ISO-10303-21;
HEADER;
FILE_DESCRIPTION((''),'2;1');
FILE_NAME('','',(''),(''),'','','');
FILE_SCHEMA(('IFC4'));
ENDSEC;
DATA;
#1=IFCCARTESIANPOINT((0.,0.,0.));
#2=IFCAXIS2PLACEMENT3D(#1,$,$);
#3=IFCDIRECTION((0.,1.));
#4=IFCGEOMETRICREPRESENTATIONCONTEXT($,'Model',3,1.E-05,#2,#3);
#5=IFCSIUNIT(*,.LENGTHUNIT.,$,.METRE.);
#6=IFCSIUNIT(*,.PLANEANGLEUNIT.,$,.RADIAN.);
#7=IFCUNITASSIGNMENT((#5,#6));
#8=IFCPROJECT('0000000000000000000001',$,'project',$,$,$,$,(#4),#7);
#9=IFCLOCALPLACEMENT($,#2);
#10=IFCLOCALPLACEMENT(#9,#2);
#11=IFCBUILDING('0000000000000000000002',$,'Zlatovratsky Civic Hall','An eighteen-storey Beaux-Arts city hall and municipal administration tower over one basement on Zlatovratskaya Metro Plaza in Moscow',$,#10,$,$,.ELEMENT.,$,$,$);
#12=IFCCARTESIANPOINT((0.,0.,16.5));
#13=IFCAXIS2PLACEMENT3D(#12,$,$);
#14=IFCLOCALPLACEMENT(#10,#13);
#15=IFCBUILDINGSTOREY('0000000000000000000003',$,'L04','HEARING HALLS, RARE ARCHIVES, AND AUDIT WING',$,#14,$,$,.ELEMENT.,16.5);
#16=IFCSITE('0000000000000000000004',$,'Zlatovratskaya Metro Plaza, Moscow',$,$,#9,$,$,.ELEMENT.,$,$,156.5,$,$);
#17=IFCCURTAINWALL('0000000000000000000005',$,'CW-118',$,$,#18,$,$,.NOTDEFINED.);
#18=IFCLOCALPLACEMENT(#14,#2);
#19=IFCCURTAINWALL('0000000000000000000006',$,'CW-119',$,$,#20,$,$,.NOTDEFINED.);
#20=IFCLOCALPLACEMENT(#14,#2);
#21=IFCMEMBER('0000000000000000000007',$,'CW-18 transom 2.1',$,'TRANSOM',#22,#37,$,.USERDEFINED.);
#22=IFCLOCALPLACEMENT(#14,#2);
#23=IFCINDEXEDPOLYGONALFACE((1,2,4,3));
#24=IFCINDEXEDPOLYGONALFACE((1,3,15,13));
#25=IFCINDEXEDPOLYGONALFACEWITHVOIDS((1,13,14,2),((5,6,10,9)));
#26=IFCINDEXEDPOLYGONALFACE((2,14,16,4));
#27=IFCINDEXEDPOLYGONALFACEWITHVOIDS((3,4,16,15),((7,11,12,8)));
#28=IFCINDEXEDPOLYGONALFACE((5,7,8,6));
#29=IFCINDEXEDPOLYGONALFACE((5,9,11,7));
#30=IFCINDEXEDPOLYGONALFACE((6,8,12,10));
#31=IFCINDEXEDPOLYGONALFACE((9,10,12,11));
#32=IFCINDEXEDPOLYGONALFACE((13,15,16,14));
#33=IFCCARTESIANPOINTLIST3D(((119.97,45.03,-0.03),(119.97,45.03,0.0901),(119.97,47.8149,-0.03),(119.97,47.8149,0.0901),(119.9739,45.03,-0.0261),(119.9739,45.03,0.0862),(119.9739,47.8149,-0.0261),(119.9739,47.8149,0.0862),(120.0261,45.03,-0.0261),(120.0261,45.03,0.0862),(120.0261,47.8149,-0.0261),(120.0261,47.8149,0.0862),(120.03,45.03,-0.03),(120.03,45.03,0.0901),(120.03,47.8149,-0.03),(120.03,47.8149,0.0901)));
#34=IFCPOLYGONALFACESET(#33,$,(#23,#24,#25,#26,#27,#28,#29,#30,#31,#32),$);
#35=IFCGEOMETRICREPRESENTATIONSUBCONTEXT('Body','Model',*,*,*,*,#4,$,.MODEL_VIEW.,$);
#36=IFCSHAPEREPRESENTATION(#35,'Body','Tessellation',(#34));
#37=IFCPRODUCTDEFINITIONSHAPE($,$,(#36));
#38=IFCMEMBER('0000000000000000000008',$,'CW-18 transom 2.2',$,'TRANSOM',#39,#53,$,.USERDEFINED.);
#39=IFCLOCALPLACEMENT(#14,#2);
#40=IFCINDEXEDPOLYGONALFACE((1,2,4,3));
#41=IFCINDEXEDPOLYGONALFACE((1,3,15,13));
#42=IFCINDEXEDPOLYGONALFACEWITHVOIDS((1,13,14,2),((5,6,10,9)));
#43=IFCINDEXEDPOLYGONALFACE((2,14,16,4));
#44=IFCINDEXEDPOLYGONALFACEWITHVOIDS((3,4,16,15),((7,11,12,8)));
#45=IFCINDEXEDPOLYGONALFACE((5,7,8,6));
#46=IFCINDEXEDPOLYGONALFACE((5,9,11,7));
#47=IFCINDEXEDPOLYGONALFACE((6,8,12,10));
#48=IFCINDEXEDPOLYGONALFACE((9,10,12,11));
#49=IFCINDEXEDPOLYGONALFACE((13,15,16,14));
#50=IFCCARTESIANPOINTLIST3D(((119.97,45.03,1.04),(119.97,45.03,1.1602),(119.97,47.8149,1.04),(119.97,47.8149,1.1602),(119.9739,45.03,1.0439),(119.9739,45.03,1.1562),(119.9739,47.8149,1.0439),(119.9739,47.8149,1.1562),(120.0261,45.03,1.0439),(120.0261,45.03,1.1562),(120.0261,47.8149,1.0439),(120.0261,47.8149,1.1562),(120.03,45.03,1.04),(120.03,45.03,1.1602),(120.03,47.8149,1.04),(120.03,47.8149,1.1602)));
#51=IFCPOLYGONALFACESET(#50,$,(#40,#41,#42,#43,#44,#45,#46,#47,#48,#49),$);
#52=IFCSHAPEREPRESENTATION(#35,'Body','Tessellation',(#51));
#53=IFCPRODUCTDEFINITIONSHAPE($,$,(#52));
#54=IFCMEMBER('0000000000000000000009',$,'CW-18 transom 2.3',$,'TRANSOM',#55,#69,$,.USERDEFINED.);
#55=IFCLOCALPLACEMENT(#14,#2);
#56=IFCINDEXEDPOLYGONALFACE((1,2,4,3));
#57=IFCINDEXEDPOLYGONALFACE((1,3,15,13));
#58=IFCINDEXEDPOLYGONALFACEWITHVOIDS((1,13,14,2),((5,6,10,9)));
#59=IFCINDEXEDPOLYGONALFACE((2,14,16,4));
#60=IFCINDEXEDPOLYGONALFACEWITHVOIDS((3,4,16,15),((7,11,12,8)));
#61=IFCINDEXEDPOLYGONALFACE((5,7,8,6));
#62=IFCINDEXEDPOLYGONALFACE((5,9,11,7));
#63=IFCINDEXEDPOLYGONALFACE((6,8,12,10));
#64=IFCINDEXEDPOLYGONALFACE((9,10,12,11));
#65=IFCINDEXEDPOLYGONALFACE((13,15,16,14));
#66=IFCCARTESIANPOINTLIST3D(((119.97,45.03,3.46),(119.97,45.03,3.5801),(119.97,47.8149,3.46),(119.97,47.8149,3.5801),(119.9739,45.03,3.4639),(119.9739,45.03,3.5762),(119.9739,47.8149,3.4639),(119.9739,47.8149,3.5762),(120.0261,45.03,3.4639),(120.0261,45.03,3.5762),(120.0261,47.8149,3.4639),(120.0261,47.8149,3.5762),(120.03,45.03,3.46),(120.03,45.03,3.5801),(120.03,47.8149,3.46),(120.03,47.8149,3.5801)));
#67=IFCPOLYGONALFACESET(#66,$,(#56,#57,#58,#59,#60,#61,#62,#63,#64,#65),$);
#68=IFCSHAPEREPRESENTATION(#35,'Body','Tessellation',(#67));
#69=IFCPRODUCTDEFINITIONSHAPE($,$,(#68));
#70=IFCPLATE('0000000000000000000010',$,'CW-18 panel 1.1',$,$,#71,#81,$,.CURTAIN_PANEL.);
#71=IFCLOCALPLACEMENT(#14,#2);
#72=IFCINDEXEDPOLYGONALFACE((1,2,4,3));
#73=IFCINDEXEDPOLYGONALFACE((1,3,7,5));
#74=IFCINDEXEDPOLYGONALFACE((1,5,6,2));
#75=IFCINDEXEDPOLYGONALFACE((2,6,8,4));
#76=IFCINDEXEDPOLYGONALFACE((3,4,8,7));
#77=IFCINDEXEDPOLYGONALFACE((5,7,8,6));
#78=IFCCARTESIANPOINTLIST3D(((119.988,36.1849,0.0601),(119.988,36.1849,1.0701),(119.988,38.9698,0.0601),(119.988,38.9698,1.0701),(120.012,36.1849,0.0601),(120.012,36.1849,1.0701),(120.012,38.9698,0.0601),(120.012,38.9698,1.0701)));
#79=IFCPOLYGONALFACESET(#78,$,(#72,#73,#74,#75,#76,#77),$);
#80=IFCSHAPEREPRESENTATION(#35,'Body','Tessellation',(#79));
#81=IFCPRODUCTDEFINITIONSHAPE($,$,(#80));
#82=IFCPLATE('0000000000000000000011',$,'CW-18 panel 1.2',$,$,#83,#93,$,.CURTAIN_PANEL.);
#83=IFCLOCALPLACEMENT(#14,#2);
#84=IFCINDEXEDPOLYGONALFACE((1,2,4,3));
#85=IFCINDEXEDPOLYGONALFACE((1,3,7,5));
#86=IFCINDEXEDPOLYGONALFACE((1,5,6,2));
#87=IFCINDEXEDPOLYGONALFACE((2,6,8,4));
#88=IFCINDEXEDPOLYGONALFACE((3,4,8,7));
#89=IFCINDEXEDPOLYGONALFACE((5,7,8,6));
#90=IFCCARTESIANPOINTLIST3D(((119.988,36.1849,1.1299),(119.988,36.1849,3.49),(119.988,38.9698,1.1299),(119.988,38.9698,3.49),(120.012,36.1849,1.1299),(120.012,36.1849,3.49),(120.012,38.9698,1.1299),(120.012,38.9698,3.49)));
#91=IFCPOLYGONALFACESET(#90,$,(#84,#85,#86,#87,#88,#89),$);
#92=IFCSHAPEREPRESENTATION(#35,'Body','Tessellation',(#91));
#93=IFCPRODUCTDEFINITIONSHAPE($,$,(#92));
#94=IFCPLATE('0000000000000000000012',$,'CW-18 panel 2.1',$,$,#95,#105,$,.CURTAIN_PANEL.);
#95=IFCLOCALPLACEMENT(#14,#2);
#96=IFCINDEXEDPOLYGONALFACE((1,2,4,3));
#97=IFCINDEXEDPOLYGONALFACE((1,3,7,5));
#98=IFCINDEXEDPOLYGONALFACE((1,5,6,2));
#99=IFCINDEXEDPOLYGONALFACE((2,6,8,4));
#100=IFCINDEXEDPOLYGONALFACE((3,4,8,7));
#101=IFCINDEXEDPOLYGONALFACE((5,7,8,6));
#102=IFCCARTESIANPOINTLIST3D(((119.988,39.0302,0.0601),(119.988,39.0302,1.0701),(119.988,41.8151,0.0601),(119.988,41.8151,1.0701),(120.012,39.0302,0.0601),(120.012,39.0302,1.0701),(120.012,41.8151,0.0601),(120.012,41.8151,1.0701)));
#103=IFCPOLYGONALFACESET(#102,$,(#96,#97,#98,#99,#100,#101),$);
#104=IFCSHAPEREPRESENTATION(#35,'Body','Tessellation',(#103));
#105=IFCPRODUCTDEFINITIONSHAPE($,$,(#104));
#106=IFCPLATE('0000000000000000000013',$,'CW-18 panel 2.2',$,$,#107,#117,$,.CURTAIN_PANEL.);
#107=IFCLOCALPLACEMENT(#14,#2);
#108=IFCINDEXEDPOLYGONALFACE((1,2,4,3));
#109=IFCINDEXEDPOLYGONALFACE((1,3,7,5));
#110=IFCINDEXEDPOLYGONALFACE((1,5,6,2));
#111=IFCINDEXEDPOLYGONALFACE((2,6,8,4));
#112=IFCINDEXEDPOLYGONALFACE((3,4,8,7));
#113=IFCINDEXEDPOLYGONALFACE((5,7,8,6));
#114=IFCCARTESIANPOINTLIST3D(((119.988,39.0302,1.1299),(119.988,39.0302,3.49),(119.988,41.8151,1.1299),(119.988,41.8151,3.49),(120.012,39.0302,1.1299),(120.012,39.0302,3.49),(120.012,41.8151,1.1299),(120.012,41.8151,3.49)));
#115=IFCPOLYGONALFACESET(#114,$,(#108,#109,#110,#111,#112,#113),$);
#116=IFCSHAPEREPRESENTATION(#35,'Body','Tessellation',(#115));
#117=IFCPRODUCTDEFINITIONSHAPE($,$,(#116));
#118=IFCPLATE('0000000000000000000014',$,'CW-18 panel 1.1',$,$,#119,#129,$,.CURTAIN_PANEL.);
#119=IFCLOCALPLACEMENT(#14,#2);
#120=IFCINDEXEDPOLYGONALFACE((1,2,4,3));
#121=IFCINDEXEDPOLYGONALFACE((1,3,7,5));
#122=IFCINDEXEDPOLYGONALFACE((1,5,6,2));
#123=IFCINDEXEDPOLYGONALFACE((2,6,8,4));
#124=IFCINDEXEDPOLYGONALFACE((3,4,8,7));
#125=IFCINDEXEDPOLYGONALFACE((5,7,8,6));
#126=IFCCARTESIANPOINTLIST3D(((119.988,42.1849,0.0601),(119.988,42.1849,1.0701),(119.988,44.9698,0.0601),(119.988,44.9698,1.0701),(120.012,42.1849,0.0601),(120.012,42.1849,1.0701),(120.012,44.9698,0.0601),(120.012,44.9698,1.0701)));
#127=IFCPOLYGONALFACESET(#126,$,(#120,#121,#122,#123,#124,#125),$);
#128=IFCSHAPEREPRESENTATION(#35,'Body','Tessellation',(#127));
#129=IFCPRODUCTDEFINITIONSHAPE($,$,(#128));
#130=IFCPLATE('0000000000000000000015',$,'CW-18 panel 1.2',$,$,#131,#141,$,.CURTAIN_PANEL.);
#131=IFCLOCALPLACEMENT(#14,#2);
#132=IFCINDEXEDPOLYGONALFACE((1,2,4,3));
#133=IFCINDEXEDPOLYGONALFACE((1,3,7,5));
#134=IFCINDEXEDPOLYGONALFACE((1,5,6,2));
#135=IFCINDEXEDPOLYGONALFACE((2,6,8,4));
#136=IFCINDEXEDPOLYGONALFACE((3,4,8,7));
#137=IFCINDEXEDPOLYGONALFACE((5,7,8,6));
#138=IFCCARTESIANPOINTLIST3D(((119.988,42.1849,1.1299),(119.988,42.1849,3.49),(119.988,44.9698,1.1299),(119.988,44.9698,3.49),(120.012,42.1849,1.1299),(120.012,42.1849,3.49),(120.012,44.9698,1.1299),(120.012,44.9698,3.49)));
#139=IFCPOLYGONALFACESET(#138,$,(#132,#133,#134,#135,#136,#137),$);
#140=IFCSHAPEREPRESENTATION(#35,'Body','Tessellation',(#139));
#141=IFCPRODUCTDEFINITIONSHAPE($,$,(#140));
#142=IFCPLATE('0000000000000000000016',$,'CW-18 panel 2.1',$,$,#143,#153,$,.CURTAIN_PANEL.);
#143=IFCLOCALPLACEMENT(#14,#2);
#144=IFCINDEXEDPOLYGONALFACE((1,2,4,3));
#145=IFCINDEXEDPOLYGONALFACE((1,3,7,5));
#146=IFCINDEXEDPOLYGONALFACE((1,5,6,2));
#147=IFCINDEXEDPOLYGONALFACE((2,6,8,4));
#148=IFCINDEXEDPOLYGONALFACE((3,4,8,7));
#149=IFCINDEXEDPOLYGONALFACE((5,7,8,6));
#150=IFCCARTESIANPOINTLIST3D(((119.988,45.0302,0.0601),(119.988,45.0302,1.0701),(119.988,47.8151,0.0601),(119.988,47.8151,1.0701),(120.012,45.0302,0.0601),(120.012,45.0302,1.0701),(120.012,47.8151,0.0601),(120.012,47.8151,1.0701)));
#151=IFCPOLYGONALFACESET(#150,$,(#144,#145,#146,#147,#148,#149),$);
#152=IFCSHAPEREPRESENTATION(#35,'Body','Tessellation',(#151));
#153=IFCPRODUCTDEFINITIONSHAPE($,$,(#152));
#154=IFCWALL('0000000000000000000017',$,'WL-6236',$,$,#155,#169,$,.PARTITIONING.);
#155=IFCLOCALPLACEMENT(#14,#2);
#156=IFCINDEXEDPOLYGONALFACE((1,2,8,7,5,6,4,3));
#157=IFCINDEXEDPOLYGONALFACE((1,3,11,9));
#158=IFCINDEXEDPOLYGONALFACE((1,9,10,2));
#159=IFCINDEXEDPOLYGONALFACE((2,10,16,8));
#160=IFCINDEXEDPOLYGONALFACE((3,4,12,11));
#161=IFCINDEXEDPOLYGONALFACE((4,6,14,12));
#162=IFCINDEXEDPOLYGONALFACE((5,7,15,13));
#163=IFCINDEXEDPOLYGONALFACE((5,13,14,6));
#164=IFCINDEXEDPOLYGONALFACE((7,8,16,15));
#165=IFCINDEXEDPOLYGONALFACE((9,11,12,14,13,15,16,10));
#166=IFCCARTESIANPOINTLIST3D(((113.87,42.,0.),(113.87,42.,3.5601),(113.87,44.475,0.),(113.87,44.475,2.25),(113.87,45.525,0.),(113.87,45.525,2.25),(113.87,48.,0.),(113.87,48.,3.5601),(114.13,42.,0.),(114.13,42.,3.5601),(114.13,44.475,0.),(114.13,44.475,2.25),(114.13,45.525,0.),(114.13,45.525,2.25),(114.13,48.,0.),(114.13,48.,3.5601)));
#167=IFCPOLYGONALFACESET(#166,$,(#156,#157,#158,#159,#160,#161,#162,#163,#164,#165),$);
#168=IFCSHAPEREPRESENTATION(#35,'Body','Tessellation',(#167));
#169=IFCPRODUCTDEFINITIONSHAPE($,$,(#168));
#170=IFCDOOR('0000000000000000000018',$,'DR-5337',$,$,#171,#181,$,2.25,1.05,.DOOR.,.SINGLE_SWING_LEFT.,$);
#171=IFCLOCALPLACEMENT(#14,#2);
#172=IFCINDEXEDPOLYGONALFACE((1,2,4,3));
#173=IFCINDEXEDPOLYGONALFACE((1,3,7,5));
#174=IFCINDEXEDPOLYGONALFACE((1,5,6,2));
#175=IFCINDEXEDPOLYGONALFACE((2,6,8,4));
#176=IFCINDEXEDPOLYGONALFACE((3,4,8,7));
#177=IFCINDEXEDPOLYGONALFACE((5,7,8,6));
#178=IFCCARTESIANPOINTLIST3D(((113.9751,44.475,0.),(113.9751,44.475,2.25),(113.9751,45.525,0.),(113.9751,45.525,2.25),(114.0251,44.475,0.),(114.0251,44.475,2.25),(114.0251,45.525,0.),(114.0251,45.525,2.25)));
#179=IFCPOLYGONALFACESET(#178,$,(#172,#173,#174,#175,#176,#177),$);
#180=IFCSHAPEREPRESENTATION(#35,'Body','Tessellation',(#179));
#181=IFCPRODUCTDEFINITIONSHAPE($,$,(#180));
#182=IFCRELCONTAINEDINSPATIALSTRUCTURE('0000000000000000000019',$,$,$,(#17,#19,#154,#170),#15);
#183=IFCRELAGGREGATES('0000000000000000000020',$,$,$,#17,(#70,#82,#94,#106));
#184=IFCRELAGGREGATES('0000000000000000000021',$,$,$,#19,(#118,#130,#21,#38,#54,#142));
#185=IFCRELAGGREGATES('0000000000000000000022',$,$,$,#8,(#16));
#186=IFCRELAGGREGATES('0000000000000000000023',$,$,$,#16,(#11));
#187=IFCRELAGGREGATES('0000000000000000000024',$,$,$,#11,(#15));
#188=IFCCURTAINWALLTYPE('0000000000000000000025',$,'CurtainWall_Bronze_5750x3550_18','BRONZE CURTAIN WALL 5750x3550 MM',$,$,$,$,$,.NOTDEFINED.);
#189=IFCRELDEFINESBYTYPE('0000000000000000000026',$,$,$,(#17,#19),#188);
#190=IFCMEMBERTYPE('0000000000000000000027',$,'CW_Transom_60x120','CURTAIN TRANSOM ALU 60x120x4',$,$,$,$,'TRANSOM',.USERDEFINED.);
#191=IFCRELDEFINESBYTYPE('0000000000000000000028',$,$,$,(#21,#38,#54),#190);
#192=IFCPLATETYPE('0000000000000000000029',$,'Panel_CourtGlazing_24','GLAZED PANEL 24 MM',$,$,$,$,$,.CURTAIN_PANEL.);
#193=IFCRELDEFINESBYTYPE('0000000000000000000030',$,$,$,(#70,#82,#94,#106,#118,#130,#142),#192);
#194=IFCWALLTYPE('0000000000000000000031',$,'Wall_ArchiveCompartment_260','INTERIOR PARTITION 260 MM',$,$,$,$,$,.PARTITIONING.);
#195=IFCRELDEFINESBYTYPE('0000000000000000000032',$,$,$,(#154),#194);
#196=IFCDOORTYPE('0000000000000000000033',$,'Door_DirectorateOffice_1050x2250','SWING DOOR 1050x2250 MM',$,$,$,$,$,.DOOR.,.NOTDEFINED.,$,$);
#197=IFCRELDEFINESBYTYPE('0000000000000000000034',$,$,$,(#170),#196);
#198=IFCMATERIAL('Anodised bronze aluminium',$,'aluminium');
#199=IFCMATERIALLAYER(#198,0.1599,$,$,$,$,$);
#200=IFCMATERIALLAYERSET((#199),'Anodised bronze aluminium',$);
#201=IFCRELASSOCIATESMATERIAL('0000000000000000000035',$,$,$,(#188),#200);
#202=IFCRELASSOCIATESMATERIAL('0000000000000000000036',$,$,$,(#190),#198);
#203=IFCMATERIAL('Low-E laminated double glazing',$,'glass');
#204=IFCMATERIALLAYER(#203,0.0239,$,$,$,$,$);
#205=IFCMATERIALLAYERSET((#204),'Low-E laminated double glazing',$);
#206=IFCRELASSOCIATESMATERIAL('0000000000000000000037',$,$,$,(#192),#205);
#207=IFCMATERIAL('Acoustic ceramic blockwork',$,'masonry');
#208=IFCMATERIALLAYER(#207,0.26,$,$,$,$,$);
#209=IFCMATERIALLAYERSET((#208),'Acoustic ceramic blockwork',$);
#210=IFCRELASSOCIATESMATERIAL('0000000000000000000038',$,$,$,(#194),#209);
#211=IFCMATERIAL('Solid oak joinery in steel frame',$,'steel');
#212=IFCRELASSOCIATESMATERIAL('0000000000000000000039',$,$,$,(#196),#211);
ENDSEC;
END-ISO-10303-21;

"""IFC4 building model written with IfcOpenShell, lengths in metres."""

from ifc_helpers import new_model, si_unit, direction, frame, frame_2d, origin, origin_2d, place, context, subcontext, project, spatial, rectangle, hollow_rectangle, extrude, material, layer, layer_set, material_profile, profile_set, type_object, element, fill, aggregate, save


model = new_model("IFC4")

# Units and contexts
model_context = context("Model", 3, precision=1e-05, world=origin(), true_north=direction((0.0, 1.0)))
body_context = subcontext(model_context, "Body", "Model", "MODEL_VIEW")
ifc_project = project(units=[si_unit("LENGTHUNIT", "METRE"), si_unit("PLANEANGLEUNIT", "RADIAN")], contexts=[model_context])

# Site, building, storey
site_placement = place(None, origin())
site = spatial("IfcSite", under=ifc_project, at=site_placement, Name="Zlatovratskaya Metro Plaza, Moscow", CompositionType="ELEMENT", RefElevation=156.5)
building_placement = place(site_placement, origin())
building = spatial("IfcBuilding", under=site, at=building_placement, Name="Zlatovratsky Civic Hall", Description="An eighteen-storey Beaux-Arts city hall and municipal administration tower over one basement on Zlatovratskaya Metro Plaza in Moscow", CompositionType="ELEMENT")
storey_placement = place(building_placement, frame((0.0, 0.0, 16.5)))
storey = spatial("IfcBuildingStorey", under=building, at=storey_placement, Name="L04", Description="HEARING HALLS, RARE ARCHIVES, AND AUDIT WING", CompositionType="ELEMENT", Elevation=16.5)

# Curtain walls
ifc_material_1 = material(Name="Anodised bronze aluminium", Category="aluminium")
ifc_layer_1 = layer(ifc_material_1, 0.1599)
ifc_layer_set_1 = layer_set([ifc_layer_1], Name="Anodised bronze aluminium")
curtain_wall_type = type_object("IfcCurtainWallType", Name="CurtainWall_Bronze_5750x3550_18", Description="BRONZE CURTAIN WALL 5750x3550 MM", PredefinedType="NOTDEFINED", material=ifc_layer_set_1)
curtain_wall_1_placement = place(storey_placement, origin())
curtain_wall_1 = element("IfcCurtainWall", 1, at=curtain_wall_1_placement, inside=storey, type_object=curtain_wall_type, Name="CW-118", PredefinedType="NOTDEFINED")
curtain_wall_2_placement = place(storey_placement, origin())
curtain_wall_2 = element("IfcCurtainWall", 2, at=curtain_wall_2_placement, inside=storey, type_object=curtain_wall_type, Name="CW-119", PredefinedType="NOTDEFINED")

# Members
ifc_material_profile_1 = material_profile(ifc_material_1, hollow_rectangle(XDim=0.0601, YDim=0.1201, WallThickness=0.0039, at=origin_2d()), Name="ALU 60x120x4")
ifc_profile_set_1 = profile_set([ifc_material_profile_1], Name="Anodised bronze aluminium")
member_type_1 = type_object("IfcMemberType", Name="CW_Transom_60x120", Description="CURTAIN TRANSOM ALU 60x120x4", ElementType="TRANSOM", PredefinedType="USERDEFINED", material=ifc_profile_set_1)
member_1_placement = place(storey_placement, frame((120.0, 45.03, 0.03), z_axis=(0.0, 1.0, 0.0), x_axis=(-1.0, 0.0, 0.0)))
member_1 = element("IfcMember", 3, at=member_1_placement, type_object=member_type_1, Name="CW-18 transom 2.1", ObjectType="TRANSOM", PredefinedType="USERDEFINED", context=body_context, shape_type="SweptSolid", body=[
    extrude(hollow_rectangle(XDim=0.0601, YDim=0.1201, WallThickness=0.0039, at=origin_2d()), origin(), (0.0, 0.0, 1.0), 2.7849),
])
member_2_placement = place(storey_placement, frame((120.0, 45.03, 1.1001), z_axis=(0.0, 1.0, 0.0), x_axis=(-1.0, 0.0, 0.0)))
member_2 = element("IfcMember", 4, at=member_2_placement, type_object=member_type_1, Name="CW-18 transom 2.2", ObjectType="TRANSOM", PredefinedType="USERDEFINED", context=body_context, shape_type="SweptSolid", body=[
    extrude(hollow_rectangle(XDim=0.0601, YDim=0.1201, WallThickness=0.0039, at=origin_2d()), origin(), (0.0, 0.0, 1.0), 2.7849),
])
member_3_placement = place(storey_placement, frame((120.0, 45.03, 3.52), z_axis=(0.0, 1.0, 0.0), x_axis=(-1.0, 0.0, 0.0)))
member_3 = element("IfcMember", 5, at=member_3_placement, type_object=member_type_1, Name="CW-18 transom 2.3", ObjectType="TRANSOM", PredefinedType="USERDEFINED", context=body_context, shape_type="SweptSolid", body=[
    extrude(hollow_rectangle(XDim=0.0601, YDim=0.1201, WallThickness=0.0039, at=origin_2d()), origin(), (0.0, 0.0, 1.0), 2.7849),
])

# Plates
ifc_material_2 = material(Name="Low-E laminated double glazing", Category="glass")
ifc_layer_2 = layer(ifc_material_2, 0.0239)
ifc_layer_set_2 = layer_set([ifc_layer_2], Name="Low-E laminated double glazing")
plate_type = type_object("IfcPlateType", Name="Panel_CourtGlazing_24", Description="GLAZED PANEL 24 MM", PredefinedType="CURTAIN_PANEL", material=ifc_layer_set_2)
plate_1_placement = place(storey_placement, frame((120.0, 37.5774, 0.0601), z_axis=(0.0, 0.0, 1.0), x_axis=(0.0, 1.0, 0.0)))
plate_1 = element("IfcPlate", 6, at=plate_1_placement, type_object=plate_type, Name="CW-18 panel 1.1", PredefinedType="CURTAIN_PANEL", context=body_context, shape_type="SweptSolid", body=[
    extrude(rectangle(XDim=2.7849, YDim=0.0239, at=origin_2d()), origin(), (0.0, 0.0, 1.0), 1.01),
])
plate_2_placement = place(storey_placement, frame((120.0, 37.5774, 1.1299), z_axis=(0.0, 0.0, 1.0), x_axis=(0.0, 1.0, 0.0)))
plate_2 = element("IfcPlate", 7, at=plate_2_placement, type_object=plate_type, Name="CW-18 panel 1.2", PredefinedType="CURTAIN_PANEL", context=body_context, shape_type="SweptSolid", body=[
    extrude(rectangle(XDim=2.7849, YDim=0.0239, at=origin_2d()), origin(), (0.0, 0.0, 1.0), 2.3601),
])
plate_3_placement = place(storey_placement, frame((120.0, 40.4226, 0.0601), z_axis=(0.0, 0.0, 1.0), x_axis=(0.0, 1.0, 0.0)))
plate_3 = element("IfcPlate", 8, at=plate_3_placement, type_object=plate_type, Name="CW-18 panel 2.1", PredefinedType="CURTAIN_PANEL", context=body_context, shape_type="SweptSolid", body=[
    extrude(rectangle(XDim=2.7849, YDim=0.0239, at=origin_2d()), origin(), (0.0, 0.0, 1.0), 1.01),
])
plate_4_placement = place(storey_placement, frame((120.0, 40.4226, 1.1299), z_axis=(0.0, 0.0, 1.0), x_axis=(0.0, 1.0, 0.0)))
plate_4 = element("IfcPlate", 9, at=plate_4_placement, type_object=plate_type, Name="CW-18 panel 2.2", PredefinedType="CURTAIN_PANEL", context=body_context, shape_type="SweptSolid", body=[
    extrude(rectangle(XDim=2.7849, YDim=0.0239, at=origin_2d()), origin(), (0.0, 0.0, 1.0), 2.3601),
])
aggregate(curtain_wall_1, [plate_1, plate_2, plate_3, plate_4])
plate_5_placement = place(storey_placement, frame((120.0, 43.5774, 0.0601), z_axis=(0.0, 0.0, 1.0), x_axis=(0.0, 1.0, 0.0)))
plate_5 = element("IfcPlate", 10, at=plate_5_placement, type_object=plate_type, Name="CW-18 panel 1.1", PredefinedType="CURTAIN_PANEL", context=body_context, shape_type="SweptSolid", body=[
    extrude(rectangle(XDim=2.7849, YDim=0.0239, at=origin_2d()), origin(), (0.0, 0.0, 1.0), 1.01),
])
plate_6_placement = place(storey_placement, frame((120.0, 43.5774, 1.1299), z_axis=(0.0, 0.0, 1.0), x_axis=(0.0, 1.0, 0.0)))
plate_6 = element("IfcPlate", 11, at=plate_6_placement, type_object=plate_type, Name="CW-18 panel 1.2", PredefinedType="CURTAIN_PANEL", context=body_context, shape_type="SweptSolid", body=[
    extrude(rectangle(XDim=2.7849, YDim=0.0239, at=origin_2d()), origin(), (0.0, 0.0, 1.0), 2.3601),
])
plate_7_placement = place(storey_placement, frame((120.0, 46.4226, 0.0601), z_axis=(0.0, 0.0, 1.0), x_axis=(0.0, 1.0, 0.0)))
plate_7 = element("IfcPlate", 12, at=plate_7_placement, type_object=plate_type, Name="CW-18 panel 2.1", PredefinedType="CURTAIN_PANEL", context=body_context, shape_type="SweptSolid", body=[
    extrude(rectangle(XDim=2.7849, YDim=0.0239, at=origin_2d()), origin(), (0.0, 0.0, 1.0), 1.01),
])
aggregate(curtain_wall_2, [plate_5, plate_6, member_1, member_2, member_3, plate_7])

# Wall, opening, door
ifc_material_3 = material(Name="Acoustic ceramic blockwork", Category="masonry")
ifc_layer_3 = layer(ifc_material_3, 0.26)
ifc_layer_set_3 = layer_set([ifc_layer_3], Name="Acoustic ceramic blockwork")
wall_type = type_object("IfcWallType", Name="Wall_ArchiveCompartment_260", Description="INTERIOR PARTITION 260 MM", PredefinedType="PARTITIONING", material=ifc_layer_set_3)
wall_placement = place(storey_placement, frame((114.0, 42.0, 0.0), z_axis=(0.0, 0.0, 1.0), x_axis=(0.0, 1.0, 0.0)))
wall = element("IfcWall", 13, at=wall_placement, inside=storey, type_object=wall_type, Name="WL-6236", PredefinedType="PARTITIONING", context=body_context, shape_type="SweptSolid", body=[
    extrude(rectangle(XDim=6.0, YDim=0.26, at=frame_2d((3.0, 0.0))), origin(), (0.0, 0.0, 1.0), 3.5601),
])
opening_placement = place(wall_placement, frame((2.4751, 0.0, 0.0)))
opening = element("IfcOpeningElement", 14, at=opening_placement, cuts=wall, PredefinedType="OPENING", context=body_context, shape_type="SweptSolid", body=[
    extrude(rectangle(XDim=1.05, YDim=2.25, at=frame_2d((0.5249, 1.125))), frame((0.0, 0.145, 0.0), z_axis=(0.0, -1.0, 0.0), x_axis=(1.0, 0.0, 0.0)), (0.0, 0.0, 1.0), 0.2898),
])
ifc_material_4 = material(Name="Solid oak joinery in steel frame", Category="steel")
door_type = type_object("IfcDoorType", Name="Door_DirectorateOffice_1050x2250", Description="SWING DOOR 1050x2250 MM", OperationType="NOTDEFINED", PredefinedType="DOOR", material=ifc_material_4)
door_placement = place(opening_placement, origin())
door = element("IfcDoor", 15, at=door_placement, inside=storey, type_object=door_type, Name="DR-5337", OperationType="SINGLE_SWING_LEFT", OverallHeight=2.25, OverallWidth=1.05, PredefinedType="DOOR", context=body_context, shape_type="SweptSolid", body=[
    extrude(rectangle(XDim=1.05, YDim=2.25, at=frame_2d((0.5249, 1.125))), frame((0.0, 0.0249, 0.0), z_axis=(0.0, -1.0, 0.0), x_axis=(1.0, 0.0, 0.0)), (0.0, 0.0, 1.0), 0.05),
])
fill(opening, door)

save(model, "model.ifc")
